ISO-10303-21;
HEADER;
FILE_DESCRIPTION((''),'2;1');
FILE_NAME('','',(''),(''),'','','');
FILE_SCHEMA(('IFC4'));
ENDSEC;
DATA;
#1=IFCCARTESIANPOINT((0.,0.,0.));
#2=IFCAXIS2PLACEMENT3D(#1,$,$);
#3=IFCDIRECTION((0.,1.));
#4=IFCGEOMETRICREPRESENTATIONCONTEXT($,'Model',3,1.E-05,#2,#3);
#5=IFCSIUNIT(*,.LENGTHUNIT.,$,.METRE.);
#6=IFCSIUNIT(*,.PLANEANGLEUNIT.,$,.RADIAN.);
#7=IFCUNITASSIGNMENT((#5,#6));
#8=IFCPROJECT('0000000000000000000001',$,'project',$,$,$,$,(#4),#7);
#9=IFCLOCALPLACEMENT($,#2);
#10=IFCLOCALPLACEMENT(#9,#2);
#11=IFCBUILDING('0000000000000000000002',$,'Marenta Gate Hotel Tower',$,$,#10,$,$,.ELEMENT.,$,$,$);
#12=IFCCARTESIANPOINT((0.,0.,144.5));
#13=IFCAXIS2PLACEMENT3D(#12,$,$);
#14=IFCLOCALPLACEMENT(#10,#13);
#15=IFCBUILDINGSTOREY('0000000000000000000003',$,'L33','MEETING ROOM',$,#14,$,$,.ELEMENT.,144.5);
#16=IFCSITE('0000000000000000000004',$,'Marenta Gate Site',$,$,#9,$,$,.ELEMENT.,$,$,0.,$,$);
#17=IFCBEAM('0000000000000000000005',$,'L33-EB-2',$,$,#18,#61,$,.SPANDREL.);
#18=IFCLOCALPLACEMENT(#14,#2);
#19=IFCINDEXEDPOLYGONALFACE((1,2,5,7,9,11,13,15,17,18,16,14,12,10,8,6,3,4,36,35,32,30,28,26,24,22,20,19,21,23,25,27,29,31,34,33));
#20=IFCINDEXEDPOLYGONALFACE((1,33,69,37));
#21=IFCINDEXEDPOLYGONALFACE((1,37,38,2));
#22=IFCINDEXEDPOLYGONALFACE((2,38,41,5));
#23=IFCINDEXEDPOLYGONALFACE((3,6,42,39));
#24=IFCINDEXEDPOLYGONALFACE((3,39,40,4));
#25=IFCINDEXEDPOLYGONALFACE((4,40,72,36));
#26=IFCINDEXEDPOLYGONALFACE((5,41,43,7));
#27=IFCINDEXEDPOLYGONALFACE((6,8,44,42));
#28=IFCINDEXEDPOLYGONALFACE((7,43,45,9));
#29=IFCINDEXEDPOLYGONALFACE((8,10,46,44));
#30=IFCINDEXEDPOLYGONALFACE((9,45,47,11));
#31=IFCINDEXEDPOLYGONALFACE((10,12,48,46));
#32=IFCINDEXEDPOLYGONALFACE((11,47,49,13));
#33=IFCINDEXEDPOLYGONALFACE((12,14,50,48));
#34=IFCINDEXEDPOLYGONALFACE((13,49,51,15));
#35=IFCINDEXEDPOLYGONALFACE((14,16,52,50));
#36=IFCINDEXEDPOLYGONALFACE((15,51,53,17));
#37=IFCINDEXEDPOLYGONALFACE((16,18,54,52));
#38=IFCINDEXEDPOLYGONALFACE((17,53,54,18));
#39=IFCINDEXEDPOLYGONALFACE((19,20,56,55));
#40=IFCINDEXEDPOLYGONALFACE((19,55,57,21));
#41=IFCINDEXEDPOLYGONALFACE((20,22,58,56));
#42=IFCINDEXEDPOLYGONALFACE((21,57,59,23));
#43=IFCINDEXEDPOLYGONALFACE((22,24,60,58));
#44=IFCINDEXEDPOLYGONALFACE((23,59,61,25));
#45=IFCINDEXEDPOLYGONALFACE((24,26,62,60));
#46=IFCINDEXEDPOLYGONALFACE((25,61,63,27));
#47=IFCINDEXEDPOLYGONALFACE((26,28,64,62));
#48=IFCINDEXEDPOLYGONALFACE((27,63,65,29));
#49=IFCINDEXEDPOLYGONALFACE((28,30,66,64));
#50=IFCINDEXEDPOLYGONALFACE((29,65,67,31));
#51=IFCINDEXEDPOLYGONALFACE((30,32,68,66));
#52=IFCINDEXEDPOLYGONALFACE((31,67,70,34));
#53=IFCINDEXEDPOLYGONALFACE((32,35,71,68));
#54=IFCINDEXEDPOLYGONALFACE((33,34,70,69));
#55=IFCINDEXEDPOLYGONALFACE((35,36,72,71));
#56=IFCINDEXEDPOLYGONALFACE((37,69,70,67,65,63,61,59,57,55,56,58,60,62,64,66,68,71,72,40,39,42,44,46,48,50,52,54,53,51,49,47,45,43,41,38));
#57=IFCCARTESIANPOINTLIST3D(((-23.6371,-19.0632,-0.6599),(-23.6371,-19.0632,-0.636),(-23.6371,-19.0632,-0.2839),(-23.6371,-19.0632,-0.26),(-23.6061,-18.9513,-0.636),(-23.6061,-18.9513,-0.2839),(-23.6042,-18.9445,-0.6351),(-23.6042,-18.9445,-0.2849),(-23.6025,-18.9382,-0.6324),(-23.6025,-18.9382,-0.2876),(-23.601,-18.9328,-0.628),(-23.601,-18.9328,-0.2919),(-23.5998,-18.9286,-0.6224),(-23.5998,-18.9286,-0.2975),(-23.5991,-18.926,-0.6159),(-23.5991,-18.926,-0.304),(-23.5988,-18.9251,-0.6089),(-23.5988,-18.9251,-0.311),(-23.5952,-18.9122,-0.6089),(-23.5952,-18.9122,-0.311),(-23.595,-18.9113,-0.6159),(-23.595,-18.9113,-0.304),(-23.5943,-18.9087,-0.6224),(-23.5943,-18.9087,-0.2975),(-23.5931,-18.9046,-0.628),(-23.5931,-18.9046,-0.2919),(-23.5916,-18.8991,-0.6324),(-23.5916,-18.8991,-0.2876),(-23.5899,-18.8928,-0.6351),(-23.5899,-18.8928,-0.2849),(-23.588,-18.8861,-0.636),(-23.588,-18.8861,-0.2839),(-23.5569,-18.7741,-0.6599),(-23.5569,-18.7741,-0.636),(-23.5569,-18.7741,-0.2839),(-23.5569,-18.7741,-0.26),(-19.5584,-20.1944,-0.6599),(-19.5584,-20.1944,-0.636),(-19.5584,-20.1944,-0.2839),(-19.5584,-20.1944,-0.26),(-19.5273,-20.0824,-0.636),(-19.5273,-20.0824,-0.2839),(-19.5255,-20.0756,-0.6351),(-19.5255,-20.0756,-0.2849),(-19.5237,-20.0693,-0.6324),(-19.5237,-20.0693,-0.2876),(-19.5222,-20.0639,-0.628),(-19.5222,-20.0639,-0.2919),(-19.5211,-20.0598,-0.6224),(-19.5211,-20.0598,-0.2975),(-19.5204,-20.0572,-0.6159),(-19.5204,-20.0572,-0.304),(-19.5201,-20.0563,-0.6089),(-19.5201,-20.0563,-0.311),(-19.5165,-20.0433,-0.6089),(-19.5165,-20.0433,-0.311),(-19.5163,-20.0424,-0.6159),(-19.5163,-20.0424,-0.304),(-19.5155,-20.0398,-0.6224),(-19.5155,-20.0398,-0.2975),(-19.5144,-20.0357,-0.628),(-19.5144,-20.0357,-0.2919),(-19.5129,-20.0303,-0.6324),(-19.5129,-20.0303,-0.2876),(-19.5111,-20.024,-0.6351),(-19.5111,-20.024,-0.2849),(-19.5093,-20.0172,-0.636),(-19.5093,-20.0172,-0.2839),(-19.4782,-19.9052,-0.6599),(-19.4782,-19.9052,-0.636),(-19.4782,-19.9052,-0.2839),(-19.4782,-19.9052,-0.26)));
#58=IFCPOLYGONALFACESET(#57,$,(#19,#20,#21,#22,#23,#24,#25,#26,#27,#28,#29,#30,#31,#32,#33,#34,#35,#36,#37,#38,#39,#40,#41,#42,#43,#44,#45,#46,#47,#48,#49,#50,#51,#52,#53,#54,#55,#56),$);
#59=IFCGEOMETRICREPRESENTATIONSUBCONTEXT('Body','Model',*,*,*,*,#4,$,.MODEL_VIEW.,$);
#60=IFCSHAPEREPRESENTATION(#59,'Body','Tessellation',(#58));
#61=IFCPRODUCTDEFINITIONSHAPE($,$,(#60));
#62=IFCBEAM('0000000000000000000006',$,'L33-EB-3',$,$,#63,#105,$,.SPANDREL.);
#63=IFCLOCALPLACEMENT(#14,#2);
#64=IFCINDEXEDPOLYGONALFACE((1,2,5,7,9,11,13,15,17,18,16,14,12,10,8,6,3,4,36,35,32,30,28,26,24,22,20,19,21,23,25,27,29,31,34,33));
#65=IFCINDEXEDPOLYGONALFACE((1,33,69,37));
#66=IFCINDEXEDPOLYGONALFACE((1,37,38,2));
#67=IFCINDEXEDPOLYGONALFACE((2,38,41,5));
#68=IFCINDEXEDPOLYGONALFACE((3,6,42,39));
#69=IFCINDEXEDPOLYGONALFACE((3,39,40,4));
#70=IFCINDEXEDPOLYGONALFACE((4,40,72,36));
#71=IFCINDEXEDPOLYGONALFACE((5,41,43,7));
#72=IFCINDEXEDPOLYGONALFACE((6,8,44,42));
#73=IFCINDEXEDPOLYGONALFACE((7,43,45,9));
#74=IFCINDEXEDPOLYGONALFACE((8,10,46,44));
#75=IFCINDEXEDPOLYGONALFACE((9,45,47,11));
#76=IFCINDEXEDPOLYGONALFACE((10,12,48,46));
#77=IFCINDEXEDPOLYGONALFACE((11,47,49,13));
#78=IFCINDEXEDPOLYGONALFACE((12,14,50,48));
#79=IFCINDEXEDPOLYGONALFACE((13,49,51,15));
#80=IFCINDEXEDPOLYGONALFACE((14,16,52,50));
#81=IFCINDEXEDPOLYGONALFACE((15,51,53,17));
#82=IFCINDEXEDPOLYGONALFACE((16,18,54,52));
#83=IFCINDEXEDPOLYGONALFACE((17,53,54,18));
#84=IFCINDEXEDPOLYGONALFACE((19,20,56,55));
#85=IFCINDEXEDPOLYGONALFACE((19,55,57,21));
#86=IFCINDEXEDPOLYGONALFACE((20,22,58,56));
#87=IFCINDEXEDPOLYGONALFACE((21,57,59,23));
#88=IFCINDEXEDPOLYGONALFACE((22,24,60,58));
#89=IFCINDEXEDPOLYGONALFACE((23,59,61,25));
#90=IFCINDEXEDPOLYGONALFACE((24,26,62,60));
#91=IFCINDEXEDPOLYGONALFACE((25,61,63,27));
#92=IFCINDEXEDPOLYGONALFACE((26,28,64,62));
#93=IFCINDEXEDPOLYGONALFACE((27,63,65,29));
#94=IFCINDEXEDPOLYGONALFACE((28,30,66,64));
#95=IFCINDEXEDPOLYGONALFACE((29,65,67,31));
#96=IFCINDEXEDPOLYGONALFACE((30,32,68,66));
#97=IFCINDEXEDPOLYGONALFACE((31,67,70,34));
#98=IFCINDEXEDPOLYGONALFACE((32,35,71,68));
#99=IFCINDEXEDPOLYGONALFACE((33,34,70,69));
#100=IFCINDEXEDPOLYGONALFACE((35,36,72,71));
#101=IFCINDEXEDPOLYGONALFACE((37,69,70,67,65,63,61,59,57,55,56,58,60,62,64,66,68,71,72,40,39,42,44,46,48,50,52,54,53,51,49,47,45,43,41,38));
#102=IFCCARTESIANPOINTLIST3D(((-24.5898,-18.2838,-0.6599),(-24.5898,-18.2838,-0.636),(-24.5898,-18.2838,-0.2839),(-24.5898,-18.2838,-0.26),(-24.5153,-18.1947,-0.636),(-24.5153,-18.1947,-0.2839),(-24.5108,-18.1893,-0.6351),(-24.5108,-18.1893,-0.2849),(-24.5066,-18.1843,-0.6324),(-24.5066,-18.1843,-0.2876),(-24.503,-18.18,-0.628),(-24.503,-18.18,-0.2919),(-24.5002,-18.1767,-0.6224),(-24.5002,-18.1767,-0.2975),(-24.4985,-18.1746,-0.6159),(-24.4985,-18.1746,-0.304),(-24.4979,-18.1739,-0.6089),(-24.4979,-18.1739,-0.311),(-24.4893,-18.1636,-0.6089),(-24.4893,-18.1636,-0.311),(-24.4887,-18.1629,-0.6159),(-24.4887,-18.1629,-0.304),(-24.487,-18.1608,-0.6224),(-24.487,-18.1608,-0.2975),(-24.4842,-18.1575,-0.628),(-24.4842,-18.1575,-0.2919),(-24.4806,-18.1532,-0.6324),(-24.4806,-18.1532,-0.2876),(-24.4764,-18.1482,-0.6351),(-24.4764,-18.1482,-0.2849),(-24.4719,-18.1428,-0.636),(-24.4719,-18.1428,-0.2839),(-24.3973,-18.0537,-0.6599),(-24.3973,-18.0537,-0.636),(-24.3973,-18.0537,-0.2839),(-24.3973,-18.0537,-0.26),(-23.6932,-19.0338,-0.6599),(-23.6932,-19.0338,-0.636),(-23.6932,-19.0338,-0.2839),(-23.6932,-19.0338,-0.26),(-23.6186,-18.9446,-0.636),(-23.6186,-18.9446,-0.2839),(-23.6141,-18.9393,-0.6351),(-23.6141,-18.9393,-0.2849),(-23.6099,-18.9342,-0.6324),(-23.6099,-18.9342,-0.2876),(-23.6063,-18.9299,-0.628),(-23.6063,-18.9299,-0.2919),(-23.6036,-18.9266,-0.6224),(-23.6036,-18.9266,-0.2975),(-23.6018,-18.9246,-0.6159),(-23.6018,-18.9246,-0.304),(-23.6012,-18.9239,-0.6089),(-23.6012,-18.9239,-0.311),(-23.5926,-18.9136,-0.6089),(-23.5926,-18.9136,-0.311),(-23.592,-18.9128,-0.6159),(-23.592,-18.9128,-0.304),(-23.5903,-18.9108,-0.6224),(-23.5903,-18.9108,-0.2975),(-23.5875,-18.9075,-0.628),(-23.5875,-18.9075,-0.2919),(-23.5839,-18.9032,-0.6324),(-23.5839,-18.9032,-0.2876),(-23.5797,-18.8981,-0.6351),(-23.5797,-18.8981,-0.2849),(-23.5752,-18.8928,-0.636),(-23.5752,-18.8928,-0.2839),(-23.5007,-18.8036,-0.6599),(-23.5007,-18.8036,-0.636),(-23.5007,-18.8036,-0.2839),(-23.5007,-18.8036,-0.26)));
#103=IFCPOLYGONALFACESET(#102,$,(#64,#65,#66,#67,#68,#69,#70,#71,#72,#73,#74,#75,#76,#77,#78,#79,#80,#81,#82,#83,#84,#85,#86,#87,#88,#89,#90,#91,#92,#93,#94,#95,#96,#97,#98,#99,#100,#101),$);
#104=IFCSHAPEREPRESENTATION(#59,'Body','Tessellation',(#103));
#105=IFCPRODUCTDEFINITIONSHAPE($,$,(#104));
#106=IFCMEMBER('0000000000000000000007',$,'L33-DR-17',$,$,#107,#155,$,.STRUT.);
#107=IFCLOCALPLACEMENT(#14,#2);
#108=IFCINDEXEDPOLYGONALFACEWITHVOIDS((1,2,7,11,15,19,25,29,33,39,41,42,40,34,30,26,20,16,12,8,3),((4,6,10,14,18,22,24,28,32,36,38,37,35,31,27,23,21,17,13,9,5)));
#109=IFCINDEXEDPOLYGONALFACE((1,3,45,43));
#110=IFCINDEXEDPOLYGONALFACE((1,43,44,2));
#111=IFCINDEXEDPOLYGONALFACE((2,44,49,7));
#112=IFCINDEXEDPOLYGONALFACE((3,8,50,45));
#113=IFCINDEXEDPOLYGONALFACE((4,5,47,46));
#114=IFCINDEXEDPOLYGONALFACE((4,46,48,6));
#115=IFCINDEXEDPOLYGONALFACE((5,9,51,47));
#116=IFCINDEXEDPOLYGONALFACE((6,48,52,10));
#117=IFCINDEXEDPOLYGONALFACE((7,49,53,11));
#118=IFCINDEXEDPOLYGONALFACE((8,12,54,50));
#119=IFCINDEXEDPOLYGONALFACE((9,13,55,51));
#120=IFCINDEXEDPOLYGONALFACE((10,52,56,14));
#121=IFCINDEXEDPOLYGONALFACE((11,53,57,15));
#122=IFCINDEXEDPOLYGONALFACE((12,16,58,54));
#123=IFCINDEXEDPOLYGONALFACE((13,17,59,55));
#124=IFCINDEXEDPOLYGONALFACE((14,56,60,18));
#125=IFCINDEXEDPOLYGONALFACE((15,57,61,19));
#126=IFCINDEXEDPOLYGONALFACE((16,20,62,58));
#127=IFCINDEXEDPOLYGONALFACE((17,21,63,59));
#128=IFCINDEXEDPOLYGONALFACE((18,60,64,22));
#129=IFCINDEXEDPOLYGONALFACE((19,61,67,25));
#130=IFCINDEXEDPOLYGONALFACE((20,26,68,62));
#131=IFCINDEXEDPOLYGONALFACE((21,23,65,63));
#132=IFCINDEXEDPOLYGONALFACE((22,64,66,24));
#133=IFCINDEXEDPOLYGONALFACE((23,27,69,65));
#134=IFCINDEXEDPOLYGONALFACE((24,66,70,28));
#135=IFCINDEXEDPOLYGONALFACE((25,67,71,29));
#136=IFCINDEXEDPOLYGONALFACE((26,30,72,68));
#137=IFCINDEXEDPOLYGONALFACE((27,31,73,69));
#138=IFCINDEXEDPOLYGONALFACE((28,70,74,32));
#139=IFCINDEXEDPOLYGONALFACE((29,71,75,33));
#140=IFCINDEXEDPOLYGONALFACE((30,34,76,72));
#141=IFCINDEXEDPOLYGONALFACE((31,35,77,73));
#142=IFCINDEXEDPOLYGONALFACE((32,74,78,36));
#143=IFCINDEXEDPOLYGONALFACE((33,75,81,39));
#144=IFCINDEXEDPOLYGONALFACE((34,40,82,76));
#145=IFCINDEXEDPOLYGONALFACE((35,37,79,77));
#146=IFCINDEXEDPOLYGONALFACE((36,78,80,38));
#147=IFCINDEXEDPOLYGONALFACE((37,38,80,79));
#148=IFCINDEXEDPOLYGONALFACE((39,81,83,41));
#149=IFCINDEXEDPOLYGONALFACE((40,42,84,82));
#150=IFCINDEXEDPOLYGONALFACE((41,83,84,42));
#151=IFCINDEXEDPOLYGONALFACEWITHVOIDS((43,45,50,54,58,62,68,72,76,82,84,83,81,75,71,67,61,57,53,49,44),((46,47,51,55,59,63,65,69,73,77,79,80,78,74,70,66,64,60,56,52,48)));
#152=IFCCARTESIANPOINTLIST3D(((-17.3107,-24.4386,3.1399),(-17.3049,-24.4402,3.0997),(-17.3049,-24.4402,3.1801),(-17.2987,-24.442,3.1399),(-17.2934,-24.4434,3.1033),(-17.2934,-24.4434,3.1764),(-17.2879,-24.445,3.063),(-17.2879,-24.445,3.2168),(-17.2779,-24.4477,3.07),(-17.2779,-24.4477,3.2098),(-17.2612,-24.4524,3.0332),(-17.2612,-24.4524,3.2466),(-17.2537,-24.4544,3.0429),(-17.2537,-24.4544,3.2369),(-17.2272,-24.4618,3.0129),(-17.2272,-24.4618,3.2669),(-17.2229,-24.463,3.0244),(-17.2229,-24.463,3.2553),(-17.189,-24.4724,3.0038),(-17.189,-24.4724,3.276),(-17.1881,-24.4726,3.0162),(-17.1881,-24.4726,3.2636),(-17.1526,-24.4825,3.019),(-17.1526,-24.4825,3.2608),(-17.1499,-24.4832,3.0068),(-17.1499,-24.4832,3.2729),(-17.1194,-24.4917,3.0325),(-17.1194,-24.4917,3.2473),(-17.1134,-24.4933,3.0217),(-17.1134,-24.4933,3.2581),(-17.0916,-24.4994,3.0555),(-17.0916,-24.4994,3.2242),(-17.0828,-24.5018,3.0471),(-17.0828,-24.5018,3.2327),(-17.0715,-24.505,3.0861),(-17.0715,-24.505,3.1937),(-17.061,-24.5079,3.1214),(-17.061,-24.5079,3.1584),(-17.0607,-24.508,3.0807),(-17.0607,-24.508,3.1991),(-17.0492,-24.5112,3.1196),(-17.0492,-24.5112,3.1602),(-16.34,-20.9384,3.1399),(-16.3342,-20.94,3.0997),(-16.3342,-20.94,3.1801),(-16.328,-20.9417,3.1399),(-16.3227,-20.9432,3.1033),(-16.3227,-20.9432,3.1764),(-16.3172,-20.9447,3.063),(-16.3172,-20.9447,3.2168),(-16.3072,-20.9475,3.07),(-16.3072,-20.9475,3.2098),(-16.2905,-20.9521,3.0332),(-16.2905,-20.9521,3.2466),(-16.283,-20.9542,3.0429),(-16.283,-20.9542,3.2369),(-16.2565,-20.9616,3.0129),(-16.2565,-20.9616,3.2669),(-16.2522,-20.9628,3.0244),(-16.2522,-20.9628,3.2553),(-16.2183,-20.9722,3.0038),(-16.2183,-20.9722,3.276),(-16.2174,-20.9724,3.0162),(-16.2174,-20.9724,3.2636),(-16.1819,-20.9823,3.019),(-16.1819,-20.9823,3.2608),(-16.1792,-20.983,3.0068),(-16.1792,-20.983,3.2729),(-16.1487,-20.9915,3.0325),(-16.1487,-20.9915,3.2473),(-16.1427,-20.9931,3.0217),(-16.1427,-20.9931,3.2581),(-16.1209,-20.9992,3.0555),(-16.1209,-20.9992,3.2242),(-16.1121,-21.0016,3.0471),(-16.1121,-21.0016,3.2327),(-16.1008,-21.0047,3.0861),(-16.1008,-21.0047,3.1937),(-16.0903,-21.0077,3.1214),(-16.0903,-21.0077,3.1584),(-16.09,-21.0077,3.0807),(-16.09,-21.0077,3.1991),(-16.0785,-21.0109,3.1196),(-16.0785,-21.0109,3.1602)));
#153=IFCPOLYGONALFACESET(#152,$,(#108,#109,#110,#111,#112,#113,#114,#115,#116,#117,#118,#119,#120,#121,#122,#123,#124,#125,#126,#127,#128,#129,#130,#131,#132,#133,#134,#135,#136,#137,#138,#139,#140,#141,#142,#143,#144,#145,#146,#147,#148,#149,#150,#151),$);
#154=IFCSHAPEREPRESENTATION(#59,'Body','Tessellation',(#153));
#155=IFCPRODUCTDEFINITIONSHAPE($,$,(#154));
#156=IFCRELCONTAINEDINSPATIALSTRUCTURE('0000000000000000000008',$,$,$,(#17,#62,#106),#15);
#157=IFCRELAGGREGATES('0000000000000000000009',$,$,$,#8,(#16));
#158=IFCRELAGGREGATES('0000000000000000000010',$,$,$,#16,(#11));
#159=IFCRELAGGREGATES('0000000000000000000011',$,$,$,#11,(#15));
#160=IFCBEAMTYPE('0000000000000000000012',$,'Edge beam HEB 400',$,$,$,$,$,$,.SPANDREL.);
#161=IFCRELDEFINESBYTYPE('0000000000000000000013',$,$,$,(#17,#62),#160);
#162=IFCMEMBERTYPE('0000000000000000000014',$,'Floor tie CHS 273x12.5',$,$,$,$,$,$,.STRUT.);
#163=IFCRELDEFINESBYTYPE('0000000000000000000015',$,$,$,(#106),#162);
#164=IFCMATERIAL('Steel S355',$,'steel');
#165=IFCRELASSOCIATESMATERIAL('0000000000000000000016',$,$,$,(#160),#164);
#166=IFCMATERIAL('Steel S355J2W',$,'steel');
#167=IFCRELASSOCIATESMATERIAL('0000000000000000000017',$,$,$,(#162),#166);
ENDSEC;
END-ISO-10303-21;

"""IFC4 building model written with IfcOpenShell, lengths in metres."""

from ifc_helpers import new_model, si_unit, direction, frame, origin, origin_2d, place, context, subcontext, project, spatial, hollow_circle, i_section, extrude, material, material_profile, profile_set, type_object, element, save


model = new_model("IFC4")

# Units and contexts
model_context = context("Model", 3, precision=1e-05, world=origin(), true_north=direction((0.0, 1.0)))
body_context = subcontext(model_context, "Body", "Model", "MODEL_VIEW")
ifc_project = project(units=[si_unit("LENGTHUNIT", "METRE"), si_unit("PLANEANGLEUNIT", "RADIAN")], contexts=[model_context])

# Site, building, storey
site_placement = place(None, origin())
site = spatial("IfcSite", under=ifc_project, at=site_placement, Name="Marenta Gate Site", CompositionType="ELEMENT", RefElevation=0.0)
building_placement = place(site_placement, origin())
building = spatial("IfcBuilding", under=site, at=building_placement, Name="Marenta Gate Hotel Tower", CompositionType="ELEMENT")
storey_placement = place(building_placement, frame((0.0, 0.0, 144.5)))
storey = spatial("IfcBuildingStorey", under=building, at=storey_placement, Name="L33", Description="MEETING ROOM", CompositionType="ELEMENT", Elevation=144.5)

# Beams
ifc_material_1 = material(Name="Steel S355", Category="steel")
ifc_material_profile_1 = material_profile(ifc_material_1, i_section(OverallWidth=0.3, OverallDepth=0.3999, WebThickness=0.0134, FlangeThickness=0.0239, FilletRadius=0.0271, at=origin_2d()), Name="HEB 400")
ifc_profile_set_1 = profile_set([ifc_material_profile_1], Name="Steel S355")
beam_type_1 = type_object("IfcBeamType", Name="Edge beam HEB 400", PredefinedType="SPANDREL", material=ifc_profile_set_1)
beam_1_placement = place(storey_placement, frame((-19.5183, -20.0498, -0.46), z_axis=(-0.96363, 0.267239, 0.0), x_axis=(-0.267239, -0.96363, 0.0)))
element("IfcBeam", 1, at=beam_1_placement, inside=storey, type_object=beam_type_1, Name="L33-EB-2", PredefinedType="SPANDREL", context=body_context, shape_type="SweptSolid", body=[
    extrude(i_section(OverallWidth=0.3, OverallDepth=0.3999, WebThickness=0.0134, FlangeThickness=0.0239, FilletRadius=0.0271, at=origin_2d()), origin(), (0.0, 0.0, 1.0), 4.2327),
])
beam_2_placement = place(storey_placement, frame((-23.5969, -18.9187, -0.46), z_axis=(-0.767073, 0.64156, 0.0), x_axis=(-0.64156, -0.767073, 0.0)))
element("IfcBeam", 2, at=beam_2_placement, inside=storey, type_object=beam_type_1, Name="L33-EB-3", PredefinedType="SPANDREL", context=body_context, shape_type="SweptSolid", body=[
    extrude(i_section(OverallWidth=0.3, OverallDepth=0.3999, WebThickness=0.0134, FlangeThickness=0.0239, FilletRadius=0.0271, at=origin_2d()), origin(), (0.0, 0.0, 1.0), 1.1689),
])

# Member
ifc_material_2 = material(Name="Steel S355J2W", Category="steel")
ifc_material_profile_2 = material_profile(ifc_material_2, hollow_circle(Radius=0.1365, WallThickness=0.0125, at=origin_2d()), Name="CHS 273x12.5")
ifc_profile_set_2 = profile_set([ifc_material_profile_2], Name="Steel S355J2W")
member_type_1 = type_object("IfcMemberType", Name="Floor tie CHS 273x12.5", PredefinedType="STRUT", material=ifc_profile_set_2)
member_1_placement = place(storey_placement, frame((-17.1792, -24.4751, 3.1399), z_axis=(0.267238, 0.96363, 0.0), x_axis=(-0.96363, 0.267238, 0.0)))
element("IfcMember", 3, at=member_1_placement, inside=storey, type_object=member_type_1, Name="L33-DR-17", PredefinedType="STRUT", context=body_context, shape_type="SweptSolid", body=[
    extrude(hollow_circle(Radius=0.1365, WallThickness=0.0125, at=origin_2d()), origin(), (0.0, 0.0, 1.0), 3.6323),
])

save(model, "model.ifc")
